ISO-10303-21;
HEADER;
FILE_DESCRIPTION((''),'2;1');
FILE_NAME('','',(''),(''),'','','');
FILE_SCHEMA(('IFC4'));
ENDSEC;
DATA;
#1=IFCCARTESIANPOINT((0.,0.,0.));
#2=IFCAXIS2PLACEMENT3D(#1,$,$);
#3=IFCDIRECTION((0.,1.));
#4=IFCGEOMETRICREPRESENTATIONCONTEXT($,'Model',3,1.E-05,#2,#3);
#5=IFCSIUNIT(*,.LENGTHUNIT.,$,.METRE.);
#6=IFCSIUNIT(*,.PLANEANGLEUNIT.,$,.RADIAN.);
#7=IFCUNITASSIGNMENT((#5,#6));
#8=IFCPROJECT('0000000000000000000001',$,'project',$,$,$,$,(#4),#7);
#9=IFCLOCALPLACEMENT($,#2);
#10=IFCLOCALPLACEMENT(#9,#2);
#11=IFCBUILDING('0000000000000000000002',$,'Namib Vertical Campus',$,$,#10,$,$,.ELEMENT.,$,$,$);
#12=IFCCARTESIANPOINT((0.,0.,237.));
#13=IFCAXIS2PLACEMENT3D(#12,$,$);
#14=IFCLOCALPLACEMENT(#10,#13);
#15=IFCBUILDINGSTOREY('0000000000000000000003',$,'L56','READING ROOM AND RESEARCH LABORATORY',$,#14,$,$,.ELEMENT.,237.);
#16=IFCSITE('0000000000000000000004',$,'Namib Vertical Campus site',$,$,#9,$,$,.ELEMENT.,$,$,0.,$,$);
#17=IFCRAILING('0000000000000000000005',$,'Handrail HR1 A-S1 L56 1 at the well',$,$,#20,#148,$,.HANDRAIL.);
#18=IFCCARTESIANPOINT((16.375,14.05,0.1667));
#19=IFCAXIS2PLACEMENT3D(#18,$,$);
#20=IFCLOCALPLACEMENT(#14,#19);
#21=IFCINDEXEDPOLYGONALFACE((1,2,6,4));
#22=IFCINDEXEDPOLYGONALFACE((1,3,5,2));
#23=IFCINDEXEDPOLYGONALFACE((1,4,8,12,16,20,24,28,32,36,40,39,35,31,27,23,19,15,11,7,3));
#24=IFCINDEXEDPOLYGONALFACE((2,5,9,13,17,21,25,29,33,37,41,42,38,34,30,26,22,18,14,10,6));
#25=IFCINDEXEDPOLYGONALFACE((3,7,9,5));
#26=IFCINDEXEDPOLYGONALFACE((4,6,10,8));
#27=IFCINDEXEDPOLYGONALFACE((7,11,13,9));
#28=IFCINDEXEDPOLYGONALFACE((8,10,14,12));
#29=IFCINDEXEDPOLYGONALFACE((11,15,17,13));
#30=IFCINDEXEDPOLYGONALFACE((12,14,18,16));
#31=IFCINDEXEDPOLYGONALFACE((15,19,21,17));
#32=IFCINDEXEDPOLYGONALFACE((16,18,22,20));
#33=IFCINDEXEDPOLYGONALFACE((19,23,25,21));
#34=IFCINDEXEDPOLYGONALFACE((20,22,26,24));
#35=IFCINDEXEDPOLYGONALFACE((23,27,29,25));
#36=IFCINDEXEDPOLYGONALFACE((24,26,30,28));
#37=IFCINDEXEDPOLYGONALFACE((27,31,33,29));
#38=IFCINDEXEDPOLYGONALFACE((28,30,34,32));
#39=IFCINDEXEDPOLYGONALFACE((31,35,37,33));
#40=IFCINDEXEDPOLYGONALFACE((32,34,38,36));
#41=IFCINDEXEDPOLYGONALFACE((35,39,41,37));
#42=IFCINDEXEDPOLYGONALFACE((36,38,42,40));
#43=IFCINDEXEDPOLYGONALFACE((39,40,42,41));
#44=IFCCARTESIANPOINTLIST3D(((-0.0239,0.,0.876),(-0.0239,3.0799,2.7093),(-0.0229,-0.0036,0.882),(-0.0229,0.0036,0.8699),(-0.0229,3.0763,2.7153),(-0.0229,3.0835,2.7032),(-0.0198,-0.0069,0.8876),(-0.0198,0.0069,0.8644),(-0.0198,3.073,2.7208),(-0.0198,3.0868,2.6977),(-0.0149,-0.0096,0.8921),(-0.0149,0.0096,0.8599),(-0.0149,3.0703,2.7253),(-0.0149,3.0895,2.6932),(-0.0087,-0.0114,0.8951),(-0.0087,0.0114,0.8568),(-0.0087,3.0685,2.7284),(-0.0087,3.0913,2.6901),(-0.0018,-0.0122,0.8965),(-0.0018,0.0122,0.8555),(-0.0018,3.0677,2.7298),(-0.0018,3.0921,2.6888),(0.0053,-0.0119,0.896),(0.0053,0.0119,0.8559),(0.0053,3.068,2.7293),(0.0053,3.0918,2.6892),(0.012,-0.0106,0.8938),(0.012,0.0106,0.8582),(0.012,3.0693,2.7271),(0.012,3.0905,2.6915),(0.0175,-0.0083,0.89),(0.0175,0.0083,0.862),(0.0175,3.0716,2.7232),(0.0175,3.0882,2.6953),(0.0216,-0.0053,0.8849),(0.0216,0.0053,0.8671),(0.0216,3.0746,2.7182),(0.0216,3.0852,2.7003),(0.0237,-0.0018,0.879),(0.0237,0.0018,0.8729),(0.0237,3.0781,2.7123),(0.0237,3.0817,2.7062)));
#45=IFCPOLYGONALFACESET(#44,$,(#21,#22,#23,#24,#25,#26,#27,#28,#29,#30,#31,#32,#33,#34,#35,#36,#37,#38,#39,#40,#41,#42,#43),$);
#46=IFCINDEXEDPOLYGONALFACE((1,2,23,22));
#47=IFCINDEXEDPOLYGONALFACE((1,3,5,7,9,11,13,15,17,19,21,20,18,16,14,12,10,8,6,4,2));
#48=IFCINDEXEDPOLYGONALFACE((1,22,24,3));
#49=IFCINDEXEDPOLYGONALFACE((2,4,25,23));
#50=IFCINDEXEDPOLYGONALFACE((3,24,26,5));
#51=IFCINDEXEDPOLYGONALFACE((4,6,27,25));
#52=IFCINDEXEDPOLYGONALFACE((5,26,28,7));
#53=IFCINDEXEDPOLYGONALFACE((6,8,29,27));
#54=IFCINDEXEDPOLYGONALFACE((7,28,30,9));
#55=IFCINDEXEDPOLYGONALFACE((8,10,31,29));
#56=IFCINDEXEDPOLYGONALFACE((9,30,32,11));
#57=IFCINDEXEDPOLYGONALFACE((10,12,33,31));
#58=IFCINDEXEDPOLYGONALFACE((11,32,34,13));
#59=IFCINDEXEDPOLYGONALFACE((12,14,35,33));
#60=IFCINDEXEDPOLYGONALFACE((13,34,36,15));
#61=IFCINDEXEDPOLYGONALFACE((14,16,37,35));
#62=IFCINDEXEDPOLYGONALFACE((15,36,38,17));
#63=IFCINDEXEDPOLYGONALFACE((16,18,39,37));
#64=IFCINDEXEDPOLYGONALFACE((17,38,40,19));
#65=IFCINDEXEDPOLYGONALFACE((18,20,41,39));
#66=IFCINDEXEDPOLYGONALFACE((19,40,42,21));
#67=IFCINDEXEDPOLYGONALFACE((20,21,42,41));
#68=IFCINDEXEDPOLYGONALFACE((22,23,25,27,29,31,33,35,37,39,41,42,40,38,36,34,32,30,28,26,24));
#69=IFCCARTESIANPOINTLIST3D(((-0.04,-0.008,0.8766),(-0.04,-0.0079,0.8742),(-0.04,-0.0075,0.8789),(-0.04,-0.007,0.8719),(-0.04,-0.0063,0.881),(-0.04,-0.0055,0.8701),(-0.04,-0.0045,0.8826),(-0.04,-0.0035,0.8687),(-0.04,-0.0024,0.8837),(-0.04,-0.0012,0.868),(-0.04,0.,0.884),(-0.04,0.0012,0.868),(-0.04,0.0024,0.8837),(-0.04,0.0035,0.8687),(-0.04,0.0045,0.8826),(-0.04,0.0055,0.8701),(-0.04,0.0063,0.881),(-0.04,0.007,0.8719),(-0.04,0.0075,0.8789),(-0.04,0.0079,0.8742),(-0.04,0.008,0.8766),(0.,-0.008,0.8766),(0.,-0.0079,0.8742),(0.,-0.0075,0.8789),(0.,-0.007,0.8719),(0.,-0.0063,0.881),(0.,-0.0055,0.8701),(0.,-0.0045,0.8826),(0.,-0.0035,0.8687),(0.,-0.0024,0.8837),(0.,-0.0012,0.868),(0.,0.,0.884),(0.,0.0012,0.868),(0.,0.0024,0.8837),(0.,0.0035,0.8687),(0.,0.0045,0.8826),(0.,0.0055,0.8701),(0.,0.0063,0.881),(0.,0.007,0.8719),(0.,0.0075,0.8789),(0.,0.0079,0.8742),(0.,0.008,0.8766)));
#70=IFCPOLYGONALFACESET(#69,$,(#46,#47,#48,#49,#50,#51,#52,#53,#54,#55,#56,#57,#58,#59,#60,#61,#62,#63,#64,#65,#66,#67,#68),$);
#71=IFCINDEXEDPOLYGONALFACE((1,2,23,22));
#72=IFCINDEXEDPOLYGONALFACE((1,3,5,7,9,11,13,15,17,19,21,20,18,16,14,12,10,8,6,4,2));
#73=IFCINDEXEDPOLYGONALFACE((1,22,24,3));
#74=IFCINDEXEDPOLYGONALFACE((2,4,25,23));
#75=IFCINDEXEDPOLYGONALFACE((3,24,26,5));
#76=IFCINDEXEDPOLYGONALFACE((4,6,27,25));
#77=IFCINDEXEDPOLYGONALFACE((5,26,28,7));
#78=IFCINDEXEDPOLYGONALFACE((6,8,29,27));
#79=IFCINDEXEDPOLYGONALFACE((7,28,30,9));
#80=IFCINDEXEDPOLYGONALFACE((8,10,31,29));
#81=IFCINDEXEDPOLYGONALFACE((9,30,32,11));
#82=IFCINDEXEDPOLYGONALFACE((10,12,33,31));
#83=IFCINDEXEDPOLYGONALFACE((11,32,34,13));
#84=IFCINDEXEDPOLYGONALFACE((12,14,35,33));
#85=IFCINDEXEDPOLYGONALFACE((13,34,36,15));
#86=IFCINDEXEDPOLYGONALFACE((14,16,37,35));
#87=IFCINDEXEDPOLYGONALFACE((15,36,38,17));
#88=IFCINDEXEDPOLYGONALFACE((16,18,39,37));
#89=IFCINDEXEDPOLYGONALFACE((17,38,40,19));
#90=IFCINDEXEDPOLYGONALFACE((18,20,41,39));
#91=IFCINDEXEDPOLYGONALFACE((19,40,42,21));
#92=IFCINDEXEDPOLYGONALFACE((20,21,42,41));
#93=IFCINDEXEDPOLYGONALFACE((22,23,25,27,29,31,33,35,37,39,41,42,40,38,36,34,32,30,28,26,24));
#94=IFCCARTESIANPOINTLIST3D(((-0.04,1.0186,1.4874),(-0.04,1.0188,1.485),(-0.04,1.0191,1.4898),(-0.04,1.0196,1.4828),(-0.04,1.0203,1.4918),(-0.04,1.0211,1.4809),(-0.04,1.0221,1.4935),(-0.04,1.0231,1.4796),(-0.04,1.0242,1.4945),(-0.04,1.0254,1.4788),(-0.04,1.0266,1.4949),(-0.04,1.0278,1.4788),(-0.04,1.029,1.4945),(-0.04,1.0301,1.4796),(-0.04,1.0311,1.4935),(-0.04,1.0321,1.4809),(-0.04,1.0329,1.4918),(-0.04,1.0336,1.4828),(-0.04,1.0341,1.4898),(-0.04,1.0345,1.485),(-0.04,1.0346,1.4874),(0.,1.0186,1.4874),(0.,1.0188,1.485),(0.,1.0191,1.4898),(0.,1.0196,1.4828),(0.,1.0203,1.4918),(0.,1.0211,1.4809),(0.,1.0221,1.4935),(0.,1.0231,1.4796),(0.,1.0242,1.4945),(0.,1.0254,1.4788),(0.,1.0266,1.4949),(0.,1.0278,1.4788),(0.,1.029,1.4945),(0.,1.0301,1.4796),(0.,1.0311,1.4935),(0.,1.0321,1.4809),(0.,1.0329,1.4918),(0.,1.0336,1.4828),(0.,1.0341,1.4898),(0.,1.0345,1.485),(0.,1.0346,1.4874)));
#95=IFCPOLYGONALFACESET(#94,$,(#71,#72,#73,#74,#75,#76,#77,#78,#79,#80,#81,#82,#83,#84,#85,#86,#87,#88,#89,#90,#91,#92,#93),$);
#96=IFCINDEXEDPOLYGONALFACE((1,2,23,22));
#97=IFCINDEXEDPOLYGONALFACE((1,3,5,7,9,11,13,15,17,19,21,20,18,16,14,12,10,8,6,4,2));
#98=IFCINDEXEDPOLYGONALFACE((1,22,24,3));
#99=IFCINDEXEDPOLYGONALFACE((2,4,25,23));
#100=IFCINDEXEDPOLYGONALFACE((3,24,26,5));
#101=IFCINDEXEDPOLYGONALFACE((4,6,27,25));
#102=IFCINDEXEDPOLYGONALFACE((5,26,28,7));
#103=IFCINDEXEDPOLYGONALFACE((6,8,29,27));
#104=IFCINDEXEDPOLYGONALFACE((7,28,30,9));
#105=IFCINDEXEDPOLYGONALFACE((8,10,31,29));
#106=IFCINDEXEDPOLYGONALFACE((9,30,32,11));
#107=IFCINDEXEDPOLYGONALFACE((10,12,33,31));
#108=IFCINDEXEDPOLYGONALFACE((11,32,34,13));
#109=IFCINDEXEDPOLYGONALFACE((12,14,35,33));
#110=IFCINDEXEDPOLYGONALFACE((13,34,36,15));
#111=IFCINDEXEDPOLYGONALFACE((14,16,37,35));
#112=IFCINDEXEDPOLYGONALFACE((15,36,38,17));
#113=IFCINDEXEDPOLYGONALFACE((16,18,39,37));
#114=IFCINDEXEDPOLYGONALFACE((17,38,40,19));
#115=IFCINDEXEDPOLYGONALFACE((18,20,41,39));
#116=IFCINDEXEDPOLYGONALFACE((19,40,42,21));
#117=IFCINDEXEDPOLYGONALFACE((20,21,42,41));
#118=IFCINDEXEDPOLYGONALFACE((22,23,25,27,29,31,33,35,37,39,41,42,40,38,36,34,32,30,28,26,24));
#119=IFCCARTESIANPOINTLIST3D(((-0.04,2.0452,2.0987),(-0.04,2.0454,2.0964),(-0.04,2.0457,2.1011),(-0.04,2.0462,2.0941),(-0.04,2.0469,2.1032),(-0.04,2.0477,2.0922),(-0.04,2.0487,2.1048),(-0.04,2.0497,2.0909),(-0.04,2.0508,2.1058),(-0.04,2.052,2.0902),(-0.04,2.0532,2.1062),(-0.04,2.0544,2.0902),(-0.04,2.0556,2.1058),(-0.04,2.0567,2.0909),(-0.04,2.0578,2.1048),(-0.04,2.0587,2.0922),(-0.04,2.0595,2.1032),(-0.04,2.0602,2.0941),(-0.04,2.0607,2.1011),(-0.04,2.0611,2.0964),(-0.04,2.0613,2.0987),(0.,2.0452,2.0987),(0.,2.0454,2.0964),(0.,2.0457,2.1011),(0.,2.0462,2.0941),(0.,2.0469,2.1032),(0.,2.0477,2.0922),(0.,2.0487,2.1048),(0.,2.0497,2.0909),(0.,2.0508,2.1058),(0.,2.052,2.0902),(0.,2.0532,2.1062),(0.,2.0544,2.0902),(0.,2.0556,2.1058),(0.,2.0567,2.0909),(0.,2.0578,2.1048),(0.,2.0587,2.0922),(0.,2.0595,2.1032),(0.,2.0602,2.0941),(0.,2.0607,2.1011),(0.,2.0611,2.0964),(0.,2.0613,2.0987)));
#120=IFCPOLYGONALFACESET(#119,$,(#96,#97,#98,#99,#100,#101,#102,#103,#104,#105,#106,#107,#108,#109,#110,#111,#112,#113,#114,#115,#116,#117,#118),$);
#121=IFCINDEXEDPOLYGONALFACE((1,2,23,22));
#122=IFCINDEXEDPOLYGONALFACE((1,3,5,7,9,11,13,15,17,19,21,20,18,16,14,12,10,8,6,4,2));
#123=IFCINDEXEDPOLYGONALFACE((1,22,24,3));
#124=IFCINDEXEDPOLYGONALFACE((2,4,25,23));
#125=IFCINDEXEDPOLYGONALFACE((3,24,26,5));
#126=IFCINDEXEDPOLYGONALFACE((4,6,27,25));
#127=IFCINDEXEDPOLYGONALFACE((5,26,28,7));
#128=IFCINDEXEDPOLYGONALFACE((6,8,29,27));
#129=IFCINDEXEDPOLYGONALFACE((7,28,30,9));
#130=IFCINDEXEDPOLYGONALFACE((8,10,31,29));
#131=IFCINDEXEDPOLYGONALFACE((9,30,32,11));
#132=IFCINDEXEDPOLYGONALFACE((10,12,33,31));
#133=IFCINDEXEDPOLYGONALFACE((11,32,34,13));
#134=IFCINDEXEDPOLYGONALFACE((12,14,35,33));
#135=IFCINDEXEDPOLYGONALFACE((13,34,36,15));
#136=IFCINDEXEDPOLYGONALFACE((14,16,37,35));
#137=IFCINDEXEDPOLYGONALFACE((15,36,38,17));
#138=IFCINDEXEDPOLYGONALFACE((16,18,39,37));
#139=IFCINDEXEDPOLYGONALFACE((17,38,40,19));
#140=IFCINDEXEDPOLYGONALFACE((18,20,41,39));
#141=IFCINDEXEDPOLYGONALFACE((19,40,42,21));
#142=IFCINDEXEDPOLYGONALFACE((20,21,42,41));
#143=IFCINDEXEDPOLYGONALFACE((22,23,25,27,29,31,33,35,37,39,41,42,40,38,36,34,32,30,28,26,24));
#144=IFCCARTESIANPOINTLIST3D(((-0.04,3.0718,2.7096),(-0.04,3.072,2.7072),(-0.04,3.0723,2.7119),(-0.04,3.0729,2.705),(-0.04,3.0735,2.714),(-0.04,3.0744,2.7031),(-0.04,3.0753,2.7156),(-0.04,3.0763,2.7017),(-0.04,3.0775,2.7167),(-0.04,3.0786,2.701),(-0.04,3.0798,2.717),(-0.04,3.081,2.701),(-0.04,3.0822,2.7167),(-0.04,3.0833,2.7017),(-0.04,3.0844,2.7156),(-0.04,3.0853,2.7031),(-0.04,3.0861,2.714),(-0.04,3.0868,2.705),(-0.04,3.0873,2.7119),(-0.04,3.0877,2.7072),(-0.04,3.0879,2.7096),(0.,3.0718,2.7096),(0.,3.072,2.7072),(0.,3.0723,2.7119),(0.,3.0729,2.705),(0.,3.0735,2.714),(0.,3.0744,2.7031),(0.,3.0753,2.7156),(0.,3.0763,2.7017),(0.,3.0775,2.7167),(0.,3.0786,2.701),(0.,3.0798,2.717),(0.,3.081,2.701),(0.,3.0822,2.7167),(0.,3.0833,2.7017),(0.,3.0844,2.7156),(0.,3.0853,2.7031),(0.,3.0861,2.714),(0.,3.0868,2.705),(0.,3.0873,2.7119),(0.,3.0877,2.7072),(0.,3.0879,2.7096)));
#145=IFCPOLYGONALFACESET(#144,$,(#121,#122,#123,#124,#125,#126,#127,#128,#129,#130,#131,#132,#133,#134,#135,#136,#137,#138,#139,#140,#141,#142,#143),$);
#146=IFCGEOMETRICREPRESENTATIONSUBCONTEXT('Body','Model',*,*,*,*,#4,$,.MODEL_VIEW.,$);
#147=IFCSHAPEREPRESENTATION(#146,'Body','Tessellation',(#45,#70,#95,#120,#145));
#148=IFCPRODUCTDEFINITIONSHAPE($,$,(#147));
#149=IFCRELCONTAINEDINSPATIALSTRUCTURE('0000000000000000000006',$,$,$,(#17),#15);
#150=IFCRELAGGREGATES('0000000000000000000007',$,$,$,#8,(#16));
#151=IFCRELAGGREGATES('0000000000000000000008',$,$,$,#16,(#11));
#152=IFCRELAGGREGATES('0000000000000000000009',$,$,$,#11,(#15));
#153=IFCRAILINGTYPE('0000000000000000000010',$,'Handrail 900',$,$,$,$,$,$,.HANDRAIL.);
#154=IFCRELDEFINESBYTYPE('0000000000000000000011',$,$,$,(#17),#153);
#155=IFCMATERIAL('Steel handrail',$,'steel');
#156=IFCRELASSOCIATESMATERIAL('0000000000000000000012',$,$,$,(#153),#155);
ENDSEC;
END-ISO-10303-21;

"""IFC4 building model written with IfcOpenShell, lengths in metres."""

from ifc_helpers import new_model, si_unit, direction, frame, origin, origin_2d, place, context, subcontext, project, spatial, circle, extrude, material, type_object, element, save


model = new_model("IFC4")

# Units and contexts
model_context = context("Model", 3, precision=1e-05, world=origin(), true_north=direction((0.0, 1.0)))
body_context = subcontext(model_context, "Body", "Model", "MODEL_VIEW")
ifc_project = project(units=[si_unit("LENGTHUNIT", "METRE"), si_unit("PLANEANGLEUNIT", "RADIAN")], contexts=[model_context])

# Site, building, storey
site_placement = place(None, origin())
site = spatial("IfcSite", under=ifc_project, at=site_placement, Name="Namib Vertical Campus site", CompositionType="ELEMENT", RefElevation=0.0)
building_placement = place(site_placement, origin())
building = spatial("IfcBuilding", under=site, at=building_placement, Name="Namib Vertical Campus", CompositionType="ELEMENT")
storey_placement = place(building_placement, frame((0.0, 0.0, 237.0)))
storey = spatial("IfcBuildingStorey", under=building, at=storey_placement, Name="L56", Description="READING ROOM AND RESEARCH LABORATORY", CompositionType="ELEMENT", Elevation=237.0)

# Railing
ifc_material_1 = material(Name="Steel handrail", Category="steel")
railing_type_1 = type_object("IfcRailingType", Name="Handrail 900", PredefinedType="HANDRAIL", material=ifc_material_1)
railing_1_placement = place(storey_placement, frame((16.375, 14.05, 0.1667)))
element("IfcRailing", 1, at=railing_1_placement, inside=storey, type_object=railing_type_1, Name="Handrail HR1 A-S1 L56 1 at the well", PredefinedType="HANDRAIL", context=body_context, shape_type="SweptSolid", body=[
    extrude(circle(Radius=0.0239, at=origin_2d()), frame((0.0, 0.0, 0.876), z_axis=(0.0, 0.859291, 0.511487), x_axis=(-1.0, 0.0, 0.0)), (0.0, 0.0, 1.0), 3.5842),
    extrude(circle(Radius=0.0081, at=origin_2d()), frame((0.0, 0.0, 0.876), z_axis=(-1.0, 0.0, 0.0), x_axis=(0.0, 0.0, 1.0)), (0.0, 0.0, 1.0), 0.04),
    extrude(circle(Radius=0.0081, at=origin_2d()), frame((0.0, 1.0266, 1.4868), z_axis=(-1.0, 0.0, 0.0), x_axis=(0.0, 0.0, 1.0)), (0.0, 0.0, 1.0), 0.04),
    extrude(circle(Radius=0.0081, at=origin_2d()), frame((0.0, 2.0532, 2.0981), z_axis=(-1.0, 0.0, 0.0), x_axis=(0.0, 0.0, 1.0)), (0.0, 0.0, 1.0), 0.04),
    extrude(circle(Radius=0.0081, at=origin_2d()), frame((0.0, 3.0798, 2.709), z_axis=(-1.0, 0.0, 0.0), x_axis=(0.0, 0.0, 1.0)), (0.0, 0.0, 1.0), 0.04),
])

save(model, "model.ifc")
